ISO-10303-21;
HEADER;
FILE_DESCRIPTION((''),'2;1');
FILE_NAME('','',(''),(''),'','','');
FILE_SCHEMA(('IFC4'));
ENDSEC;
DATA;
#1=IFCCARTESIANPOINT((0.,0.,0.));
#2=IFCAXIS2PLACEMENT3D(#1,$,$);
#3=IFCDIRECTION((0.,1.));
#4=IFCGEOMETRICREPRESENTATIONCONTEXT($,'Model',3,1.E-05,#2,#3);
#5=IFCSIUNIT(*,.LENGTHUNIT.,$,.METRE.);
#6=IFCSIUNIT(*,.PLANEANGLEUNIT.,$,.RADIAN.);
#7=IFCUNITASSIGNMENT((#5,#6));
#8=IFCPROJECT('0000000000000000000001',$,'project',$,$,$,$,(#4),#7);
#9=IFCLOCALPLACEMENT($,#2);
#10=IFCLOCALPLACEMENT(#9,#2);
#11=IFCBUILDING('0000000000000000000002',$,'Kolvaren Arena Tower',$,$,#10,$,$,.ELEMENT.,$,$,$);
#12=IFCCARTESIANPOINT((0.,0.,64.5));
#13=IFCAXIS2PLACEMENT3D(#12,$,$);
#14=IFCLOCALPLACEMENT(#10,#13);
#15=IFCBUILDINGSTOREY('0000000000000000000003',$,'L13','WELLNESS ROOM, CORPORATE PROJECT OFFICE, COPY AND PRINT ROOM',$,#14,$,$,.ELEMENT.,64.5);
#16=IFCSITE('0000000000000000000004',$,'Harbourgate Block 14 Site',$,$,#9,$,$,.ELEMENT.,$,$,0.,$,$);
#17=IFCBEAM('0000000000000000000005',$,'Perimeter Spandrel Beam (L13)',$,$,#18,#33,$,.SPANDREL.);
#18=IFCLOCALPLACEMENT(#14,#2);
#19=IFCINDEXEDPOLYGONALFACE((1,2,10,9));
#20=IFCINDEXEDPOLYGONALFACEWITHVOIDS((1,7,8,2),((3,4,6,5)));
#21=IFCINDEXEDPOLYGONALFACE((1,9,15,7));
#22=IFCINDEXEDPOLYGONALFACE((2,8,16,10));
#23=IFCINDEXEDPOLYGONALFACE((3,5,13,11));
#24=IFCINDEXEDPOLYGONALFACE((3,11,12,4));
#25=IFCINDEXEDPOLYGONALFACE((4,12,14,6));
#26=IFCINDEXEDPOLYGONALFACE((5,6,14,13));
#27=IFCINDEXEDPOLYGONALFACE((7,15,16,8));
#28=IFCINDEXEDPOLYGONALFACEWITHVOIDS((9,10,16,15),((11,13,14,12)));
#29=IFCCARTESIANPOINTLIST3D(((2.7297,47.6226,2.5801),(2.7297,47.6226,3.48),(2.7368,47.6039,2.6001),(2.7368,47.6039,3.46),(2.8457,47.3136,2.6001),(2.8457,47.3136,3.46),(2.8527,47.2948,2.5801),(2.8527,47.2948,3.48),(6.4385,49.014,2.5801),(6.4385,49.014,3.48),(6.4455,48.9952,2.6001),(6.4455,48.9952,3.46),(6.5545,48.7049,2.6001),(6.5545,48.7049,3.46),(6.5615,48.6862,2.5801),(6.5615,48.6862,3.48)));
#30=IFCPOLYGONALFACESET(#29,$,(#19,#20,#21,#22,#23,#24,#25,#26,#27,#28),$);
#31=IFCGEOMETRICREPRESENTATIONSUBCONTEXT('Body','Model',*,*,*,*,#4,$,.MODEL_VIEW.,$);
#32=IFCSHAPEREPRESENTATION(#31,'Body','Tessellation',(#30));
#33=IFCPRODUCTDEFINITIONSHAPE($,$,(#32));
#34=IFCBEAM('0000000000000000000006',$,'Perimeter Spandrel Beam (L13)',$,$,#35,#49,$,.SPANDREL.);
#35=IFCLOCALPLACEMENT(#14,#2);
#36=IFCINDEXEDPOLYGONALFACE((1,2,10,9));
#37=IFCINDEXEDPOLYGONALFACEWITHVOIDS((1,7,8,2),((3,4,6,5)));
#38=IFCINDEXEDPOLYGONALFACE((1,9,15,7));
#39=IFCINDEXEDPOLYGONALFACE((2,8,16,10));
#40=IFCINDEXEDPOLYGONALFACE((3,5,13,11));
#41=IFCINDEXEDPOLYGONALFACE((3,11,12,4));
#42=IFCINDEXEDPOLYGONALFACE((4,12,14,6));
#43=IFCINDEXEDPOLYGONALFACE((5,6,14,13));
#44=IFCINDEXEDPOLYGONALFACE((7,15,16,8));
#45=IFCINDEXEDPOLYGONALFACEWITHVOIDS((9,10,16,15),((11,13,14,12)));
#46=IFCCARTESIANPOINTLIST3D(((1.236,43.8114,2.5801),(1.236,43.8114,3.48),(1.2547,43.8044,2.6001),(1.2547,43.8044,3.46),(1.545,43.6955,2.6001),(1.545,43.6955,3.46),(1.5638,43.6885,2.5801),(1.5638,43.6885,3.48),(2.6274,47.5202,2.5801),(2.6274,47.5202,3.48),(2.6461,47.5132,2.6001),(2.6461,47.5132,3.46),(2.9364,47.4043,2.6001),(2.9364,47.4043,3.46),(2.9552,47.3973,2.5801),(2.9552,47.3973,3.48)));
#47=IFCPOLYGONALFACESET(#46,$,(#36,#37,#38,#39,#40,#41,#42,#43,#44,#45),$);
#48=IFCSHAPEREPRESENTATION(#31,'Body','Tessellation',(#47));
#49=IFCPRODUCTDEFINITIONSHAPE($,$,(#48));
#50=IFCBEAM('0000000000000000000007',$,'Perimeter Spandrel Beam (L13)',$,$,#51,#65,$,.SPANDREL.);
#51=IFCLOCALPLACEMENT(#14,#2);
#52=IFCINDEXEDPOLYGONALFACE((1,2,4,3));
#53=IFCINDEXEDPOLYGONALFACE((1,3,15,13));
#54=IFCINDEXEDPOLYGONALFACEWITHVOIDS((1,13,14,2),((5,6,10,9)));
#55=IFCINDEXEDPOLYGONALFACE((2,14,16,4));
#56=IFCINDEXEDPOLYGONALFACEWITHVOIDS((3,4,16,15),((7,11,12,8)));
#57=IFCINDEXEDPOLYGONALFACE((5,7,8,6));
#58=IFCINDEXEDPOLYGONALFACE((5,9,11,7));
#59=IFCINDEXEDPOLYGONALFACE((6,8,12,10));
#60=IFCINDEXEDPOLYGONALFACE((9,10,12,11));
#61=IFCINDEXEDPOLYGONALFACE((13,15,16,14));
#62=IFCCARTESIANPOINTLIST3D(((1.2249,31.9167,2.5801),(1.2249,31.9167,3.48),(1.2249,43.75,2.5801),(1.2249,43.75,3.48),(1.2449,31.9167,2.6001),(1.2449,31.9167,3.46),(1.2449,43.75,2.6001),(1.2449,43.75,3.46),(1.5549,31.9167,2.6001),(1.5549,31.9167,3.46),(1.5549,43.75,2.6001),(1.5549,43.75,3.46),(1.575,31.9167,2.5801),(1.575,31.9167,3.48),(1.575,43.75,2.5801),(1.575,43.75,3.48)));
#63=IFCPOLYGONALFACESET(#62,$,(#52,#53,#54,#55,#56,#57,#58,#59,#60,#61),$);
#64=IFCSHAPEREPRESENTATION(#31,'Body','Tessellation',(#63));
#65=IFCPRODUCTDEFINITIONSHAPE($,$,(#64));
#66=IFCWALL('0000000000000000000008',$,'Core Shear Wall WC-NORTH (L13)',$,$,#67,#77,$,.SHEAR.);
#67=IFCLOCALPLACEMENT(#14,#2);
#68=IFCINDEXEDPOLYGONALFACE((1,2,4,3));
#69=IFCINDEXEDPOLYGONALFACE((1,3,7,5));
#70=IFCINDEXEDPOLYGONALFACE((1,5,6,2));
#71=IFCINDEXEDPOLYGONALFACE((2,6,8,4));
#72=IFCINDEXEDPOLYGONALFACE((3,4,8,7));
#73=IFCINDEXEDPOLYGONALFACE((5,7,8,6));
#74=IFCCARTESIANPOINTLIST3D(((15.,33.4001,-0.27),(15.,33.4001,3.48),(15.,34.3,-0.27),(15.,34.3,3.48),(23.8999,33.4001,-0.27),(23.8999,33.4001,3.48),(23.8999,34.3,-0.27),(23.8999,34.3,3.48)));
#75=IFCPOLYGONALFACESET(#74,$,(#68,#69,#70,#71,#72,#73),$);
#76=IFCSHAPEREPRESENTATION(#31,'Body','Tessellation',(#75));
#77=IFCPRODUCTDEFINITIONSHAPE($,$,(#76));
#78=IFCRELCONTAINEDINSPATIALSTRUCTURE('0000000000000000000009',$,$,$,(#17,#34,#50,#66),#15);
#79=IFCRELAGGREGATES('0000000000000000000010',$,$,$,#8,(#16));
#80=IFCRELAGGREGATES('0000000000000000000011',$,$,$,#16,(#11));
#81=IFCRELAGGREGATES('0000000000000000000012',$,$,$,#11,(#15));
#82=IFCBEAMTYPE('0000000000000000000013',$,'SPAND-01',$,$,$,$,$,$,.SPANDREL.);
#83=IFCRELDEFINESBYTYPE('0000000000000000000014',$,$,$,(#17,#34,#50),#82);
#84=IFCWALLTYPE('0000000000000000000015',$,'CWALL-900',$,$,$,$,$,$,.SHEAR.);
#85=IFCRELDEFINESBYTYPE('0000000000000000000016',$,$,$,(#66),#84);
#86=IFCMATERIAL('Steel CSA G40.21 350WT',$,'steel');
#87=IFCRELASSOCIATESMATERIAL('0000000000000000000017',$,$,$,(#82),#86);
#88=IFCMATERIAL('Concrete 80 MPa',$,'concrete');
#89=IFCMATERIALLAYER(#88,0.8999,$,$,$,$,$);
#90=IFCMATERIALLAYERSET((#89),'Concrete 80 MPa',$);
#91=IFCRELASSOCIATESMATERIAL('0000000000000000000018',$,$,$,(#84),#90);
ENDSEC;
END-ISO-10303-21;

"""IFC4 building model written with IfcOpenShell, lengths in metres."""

from ifc_helpers import new_model, si_unit, direction, frame, frame_2d, origin, origin_2d, place, context, subcontext, project, spatial, rectangle, hollow_rectangle, extrude, material, layer, layer_set, material_profile, profile_set, type_object, element, save


model = new_model("IFC4")

# Units and contexts
model_context = context("Model", 3, precision=1e-05, world=origin(), true_north=direction((0.0, 1.0)))
body_context = subcontext(model_context, "Body", "Model", "MODEL_VIEW")
ifc_project = project(units=[si_unit("LENGTHUNIT", "METRE"), si_unit("PLANEANGLEUNIT", "RADIAN")], contexts=[model_context])

# Site, building, storey
site_placement = place(None, origin())
site = spatial("IfcSite", under=ifc_project, at=site_placement, Name="Harbourgate Block 14 Site", CompositionType="ELEMENT", RefElevation=0.0)
building_placement = place(site_placement, origin())
building = spatial("IfcBuilding", under=site, at=building_placement, Name="Kolvaren Arena Tower", CompositionType="ELEMENT")
storey_placement = place(building_placement, frame((0.0, 0.0, 64.5)))
storey = spatial("IfcBuildingStorey", under=building, at=storey_placement, Name="L13", Description="WELLNESS ROOM, CORPORATE PROJECT OFFICE, COPY AND PRINT ROOM", CompositionType="ELEMENT", Elevation=64.5)

# Beams
ifc_material_1 = material(Name="Steel CSA G40.21 350WT", Category="steel")
ifc_material_profile_1 = material_profile(ifc_material_1, hollow_rectangle(XDim=0.3501, YDim=0.8999, WallThickness=0.02, at=origin_2d()), Name="HSS 900x350x20")
ifc_profile_set_1 = profile_set([ifc_material_profile_1], Name="Steel CSA G40.21 350WT")
beam_type_1 = type_object("IfcBeamType", Name="SPAND-01", PredefinedType="SPANDREL", material=ifc_profile_set_1)
for number, where, z_axis, x_axis, name in (
    (1, (6.5, 48.8501, 3.03), (-0.936281, -0.351252, 0.0), (0.351252, -0.936281, 0.0), "Perimeter Spandrel Beam (L13)"),
    (2, (2.7913, 47.4587, 3.03), (-0.351252, -0.936281, 0.0), (0.936281, -0.351252, 0.0), "Perimeter Spandrel Beam (L13)"),
):
    element("IfcBeam", number, at=place(storey_placement, frame(where, z_axis=z_axis, x_axis=x_axis)), inside=storey, type_object=beam_type_1, Name=name, PredefinedType="SPANDREL", context=body_context, shape_type="SweptSolid", body=[
        extrude(hollow_rectangle(XDim=0.3501, YDim=0.8999, WallThickness=0.02, at=origin_2d()), origin(), (0.0, 0.0, 1.0), 3.9612),
    ])
beam_1_placement = place(storey_placement, frame((1.3999, 43.75, 3.03), z_axis=(0.0, -1.0, 0.0), x_axis=(1.0, 0.0, 0.0)))
element("IfcBeam", 3, at=beam_1_placement, inside=storey, type_object=beam_type_1, Name="Perimeter Spandrel Beam (L13)", PredefinedType="SPANDREL", context=body_context, shape_type="SweptSolid", body=[
    extrude(hollow_rectangle(XDim=0.3501, YDim=0.8999, WallThickness=0.02, at=origin_2d()), origin(), (0.0, 0.0, 1.0), 11.8333),
])

# Wall
ifc_material_2 = material(Name="Concrete 80 MPa", Category="concrete")
ifc_layer_1 = layer(ifc_material_2, 0.8999)
ifc_layer_set_1 = layer_set([ifc_layer_1], Name="Concrete 80 MPa")
wall_type_1 = type_object("IfcWallType", Name="CWALL-900", PredefinedType="SHEAR", material=ifc_layer_set_1)
wall_1_placement = place(storey_placement, frame((15.0, 33.8501, -0.27), z_axis=(0.0, 0.0, 1.0), x_axis=(1.0, 0.0, 0.0)))
element("IfcWall", 4, at=wall_1_placement, inside=storey, type_object=wall_type_1, Name="Core Shear Wall WC-NORTH (L13)", PredefinedType="SHEAR", context=body_context, shape_type="SweptSolid", body=[
    extrude(rectangle(XDim=8.8999, YDim=0.8999, at=frame_2d((4.45, 0.0))), origin(), (0.0, 0.0, 1.0), 3.75),
])

save(model, "model.ifc")
